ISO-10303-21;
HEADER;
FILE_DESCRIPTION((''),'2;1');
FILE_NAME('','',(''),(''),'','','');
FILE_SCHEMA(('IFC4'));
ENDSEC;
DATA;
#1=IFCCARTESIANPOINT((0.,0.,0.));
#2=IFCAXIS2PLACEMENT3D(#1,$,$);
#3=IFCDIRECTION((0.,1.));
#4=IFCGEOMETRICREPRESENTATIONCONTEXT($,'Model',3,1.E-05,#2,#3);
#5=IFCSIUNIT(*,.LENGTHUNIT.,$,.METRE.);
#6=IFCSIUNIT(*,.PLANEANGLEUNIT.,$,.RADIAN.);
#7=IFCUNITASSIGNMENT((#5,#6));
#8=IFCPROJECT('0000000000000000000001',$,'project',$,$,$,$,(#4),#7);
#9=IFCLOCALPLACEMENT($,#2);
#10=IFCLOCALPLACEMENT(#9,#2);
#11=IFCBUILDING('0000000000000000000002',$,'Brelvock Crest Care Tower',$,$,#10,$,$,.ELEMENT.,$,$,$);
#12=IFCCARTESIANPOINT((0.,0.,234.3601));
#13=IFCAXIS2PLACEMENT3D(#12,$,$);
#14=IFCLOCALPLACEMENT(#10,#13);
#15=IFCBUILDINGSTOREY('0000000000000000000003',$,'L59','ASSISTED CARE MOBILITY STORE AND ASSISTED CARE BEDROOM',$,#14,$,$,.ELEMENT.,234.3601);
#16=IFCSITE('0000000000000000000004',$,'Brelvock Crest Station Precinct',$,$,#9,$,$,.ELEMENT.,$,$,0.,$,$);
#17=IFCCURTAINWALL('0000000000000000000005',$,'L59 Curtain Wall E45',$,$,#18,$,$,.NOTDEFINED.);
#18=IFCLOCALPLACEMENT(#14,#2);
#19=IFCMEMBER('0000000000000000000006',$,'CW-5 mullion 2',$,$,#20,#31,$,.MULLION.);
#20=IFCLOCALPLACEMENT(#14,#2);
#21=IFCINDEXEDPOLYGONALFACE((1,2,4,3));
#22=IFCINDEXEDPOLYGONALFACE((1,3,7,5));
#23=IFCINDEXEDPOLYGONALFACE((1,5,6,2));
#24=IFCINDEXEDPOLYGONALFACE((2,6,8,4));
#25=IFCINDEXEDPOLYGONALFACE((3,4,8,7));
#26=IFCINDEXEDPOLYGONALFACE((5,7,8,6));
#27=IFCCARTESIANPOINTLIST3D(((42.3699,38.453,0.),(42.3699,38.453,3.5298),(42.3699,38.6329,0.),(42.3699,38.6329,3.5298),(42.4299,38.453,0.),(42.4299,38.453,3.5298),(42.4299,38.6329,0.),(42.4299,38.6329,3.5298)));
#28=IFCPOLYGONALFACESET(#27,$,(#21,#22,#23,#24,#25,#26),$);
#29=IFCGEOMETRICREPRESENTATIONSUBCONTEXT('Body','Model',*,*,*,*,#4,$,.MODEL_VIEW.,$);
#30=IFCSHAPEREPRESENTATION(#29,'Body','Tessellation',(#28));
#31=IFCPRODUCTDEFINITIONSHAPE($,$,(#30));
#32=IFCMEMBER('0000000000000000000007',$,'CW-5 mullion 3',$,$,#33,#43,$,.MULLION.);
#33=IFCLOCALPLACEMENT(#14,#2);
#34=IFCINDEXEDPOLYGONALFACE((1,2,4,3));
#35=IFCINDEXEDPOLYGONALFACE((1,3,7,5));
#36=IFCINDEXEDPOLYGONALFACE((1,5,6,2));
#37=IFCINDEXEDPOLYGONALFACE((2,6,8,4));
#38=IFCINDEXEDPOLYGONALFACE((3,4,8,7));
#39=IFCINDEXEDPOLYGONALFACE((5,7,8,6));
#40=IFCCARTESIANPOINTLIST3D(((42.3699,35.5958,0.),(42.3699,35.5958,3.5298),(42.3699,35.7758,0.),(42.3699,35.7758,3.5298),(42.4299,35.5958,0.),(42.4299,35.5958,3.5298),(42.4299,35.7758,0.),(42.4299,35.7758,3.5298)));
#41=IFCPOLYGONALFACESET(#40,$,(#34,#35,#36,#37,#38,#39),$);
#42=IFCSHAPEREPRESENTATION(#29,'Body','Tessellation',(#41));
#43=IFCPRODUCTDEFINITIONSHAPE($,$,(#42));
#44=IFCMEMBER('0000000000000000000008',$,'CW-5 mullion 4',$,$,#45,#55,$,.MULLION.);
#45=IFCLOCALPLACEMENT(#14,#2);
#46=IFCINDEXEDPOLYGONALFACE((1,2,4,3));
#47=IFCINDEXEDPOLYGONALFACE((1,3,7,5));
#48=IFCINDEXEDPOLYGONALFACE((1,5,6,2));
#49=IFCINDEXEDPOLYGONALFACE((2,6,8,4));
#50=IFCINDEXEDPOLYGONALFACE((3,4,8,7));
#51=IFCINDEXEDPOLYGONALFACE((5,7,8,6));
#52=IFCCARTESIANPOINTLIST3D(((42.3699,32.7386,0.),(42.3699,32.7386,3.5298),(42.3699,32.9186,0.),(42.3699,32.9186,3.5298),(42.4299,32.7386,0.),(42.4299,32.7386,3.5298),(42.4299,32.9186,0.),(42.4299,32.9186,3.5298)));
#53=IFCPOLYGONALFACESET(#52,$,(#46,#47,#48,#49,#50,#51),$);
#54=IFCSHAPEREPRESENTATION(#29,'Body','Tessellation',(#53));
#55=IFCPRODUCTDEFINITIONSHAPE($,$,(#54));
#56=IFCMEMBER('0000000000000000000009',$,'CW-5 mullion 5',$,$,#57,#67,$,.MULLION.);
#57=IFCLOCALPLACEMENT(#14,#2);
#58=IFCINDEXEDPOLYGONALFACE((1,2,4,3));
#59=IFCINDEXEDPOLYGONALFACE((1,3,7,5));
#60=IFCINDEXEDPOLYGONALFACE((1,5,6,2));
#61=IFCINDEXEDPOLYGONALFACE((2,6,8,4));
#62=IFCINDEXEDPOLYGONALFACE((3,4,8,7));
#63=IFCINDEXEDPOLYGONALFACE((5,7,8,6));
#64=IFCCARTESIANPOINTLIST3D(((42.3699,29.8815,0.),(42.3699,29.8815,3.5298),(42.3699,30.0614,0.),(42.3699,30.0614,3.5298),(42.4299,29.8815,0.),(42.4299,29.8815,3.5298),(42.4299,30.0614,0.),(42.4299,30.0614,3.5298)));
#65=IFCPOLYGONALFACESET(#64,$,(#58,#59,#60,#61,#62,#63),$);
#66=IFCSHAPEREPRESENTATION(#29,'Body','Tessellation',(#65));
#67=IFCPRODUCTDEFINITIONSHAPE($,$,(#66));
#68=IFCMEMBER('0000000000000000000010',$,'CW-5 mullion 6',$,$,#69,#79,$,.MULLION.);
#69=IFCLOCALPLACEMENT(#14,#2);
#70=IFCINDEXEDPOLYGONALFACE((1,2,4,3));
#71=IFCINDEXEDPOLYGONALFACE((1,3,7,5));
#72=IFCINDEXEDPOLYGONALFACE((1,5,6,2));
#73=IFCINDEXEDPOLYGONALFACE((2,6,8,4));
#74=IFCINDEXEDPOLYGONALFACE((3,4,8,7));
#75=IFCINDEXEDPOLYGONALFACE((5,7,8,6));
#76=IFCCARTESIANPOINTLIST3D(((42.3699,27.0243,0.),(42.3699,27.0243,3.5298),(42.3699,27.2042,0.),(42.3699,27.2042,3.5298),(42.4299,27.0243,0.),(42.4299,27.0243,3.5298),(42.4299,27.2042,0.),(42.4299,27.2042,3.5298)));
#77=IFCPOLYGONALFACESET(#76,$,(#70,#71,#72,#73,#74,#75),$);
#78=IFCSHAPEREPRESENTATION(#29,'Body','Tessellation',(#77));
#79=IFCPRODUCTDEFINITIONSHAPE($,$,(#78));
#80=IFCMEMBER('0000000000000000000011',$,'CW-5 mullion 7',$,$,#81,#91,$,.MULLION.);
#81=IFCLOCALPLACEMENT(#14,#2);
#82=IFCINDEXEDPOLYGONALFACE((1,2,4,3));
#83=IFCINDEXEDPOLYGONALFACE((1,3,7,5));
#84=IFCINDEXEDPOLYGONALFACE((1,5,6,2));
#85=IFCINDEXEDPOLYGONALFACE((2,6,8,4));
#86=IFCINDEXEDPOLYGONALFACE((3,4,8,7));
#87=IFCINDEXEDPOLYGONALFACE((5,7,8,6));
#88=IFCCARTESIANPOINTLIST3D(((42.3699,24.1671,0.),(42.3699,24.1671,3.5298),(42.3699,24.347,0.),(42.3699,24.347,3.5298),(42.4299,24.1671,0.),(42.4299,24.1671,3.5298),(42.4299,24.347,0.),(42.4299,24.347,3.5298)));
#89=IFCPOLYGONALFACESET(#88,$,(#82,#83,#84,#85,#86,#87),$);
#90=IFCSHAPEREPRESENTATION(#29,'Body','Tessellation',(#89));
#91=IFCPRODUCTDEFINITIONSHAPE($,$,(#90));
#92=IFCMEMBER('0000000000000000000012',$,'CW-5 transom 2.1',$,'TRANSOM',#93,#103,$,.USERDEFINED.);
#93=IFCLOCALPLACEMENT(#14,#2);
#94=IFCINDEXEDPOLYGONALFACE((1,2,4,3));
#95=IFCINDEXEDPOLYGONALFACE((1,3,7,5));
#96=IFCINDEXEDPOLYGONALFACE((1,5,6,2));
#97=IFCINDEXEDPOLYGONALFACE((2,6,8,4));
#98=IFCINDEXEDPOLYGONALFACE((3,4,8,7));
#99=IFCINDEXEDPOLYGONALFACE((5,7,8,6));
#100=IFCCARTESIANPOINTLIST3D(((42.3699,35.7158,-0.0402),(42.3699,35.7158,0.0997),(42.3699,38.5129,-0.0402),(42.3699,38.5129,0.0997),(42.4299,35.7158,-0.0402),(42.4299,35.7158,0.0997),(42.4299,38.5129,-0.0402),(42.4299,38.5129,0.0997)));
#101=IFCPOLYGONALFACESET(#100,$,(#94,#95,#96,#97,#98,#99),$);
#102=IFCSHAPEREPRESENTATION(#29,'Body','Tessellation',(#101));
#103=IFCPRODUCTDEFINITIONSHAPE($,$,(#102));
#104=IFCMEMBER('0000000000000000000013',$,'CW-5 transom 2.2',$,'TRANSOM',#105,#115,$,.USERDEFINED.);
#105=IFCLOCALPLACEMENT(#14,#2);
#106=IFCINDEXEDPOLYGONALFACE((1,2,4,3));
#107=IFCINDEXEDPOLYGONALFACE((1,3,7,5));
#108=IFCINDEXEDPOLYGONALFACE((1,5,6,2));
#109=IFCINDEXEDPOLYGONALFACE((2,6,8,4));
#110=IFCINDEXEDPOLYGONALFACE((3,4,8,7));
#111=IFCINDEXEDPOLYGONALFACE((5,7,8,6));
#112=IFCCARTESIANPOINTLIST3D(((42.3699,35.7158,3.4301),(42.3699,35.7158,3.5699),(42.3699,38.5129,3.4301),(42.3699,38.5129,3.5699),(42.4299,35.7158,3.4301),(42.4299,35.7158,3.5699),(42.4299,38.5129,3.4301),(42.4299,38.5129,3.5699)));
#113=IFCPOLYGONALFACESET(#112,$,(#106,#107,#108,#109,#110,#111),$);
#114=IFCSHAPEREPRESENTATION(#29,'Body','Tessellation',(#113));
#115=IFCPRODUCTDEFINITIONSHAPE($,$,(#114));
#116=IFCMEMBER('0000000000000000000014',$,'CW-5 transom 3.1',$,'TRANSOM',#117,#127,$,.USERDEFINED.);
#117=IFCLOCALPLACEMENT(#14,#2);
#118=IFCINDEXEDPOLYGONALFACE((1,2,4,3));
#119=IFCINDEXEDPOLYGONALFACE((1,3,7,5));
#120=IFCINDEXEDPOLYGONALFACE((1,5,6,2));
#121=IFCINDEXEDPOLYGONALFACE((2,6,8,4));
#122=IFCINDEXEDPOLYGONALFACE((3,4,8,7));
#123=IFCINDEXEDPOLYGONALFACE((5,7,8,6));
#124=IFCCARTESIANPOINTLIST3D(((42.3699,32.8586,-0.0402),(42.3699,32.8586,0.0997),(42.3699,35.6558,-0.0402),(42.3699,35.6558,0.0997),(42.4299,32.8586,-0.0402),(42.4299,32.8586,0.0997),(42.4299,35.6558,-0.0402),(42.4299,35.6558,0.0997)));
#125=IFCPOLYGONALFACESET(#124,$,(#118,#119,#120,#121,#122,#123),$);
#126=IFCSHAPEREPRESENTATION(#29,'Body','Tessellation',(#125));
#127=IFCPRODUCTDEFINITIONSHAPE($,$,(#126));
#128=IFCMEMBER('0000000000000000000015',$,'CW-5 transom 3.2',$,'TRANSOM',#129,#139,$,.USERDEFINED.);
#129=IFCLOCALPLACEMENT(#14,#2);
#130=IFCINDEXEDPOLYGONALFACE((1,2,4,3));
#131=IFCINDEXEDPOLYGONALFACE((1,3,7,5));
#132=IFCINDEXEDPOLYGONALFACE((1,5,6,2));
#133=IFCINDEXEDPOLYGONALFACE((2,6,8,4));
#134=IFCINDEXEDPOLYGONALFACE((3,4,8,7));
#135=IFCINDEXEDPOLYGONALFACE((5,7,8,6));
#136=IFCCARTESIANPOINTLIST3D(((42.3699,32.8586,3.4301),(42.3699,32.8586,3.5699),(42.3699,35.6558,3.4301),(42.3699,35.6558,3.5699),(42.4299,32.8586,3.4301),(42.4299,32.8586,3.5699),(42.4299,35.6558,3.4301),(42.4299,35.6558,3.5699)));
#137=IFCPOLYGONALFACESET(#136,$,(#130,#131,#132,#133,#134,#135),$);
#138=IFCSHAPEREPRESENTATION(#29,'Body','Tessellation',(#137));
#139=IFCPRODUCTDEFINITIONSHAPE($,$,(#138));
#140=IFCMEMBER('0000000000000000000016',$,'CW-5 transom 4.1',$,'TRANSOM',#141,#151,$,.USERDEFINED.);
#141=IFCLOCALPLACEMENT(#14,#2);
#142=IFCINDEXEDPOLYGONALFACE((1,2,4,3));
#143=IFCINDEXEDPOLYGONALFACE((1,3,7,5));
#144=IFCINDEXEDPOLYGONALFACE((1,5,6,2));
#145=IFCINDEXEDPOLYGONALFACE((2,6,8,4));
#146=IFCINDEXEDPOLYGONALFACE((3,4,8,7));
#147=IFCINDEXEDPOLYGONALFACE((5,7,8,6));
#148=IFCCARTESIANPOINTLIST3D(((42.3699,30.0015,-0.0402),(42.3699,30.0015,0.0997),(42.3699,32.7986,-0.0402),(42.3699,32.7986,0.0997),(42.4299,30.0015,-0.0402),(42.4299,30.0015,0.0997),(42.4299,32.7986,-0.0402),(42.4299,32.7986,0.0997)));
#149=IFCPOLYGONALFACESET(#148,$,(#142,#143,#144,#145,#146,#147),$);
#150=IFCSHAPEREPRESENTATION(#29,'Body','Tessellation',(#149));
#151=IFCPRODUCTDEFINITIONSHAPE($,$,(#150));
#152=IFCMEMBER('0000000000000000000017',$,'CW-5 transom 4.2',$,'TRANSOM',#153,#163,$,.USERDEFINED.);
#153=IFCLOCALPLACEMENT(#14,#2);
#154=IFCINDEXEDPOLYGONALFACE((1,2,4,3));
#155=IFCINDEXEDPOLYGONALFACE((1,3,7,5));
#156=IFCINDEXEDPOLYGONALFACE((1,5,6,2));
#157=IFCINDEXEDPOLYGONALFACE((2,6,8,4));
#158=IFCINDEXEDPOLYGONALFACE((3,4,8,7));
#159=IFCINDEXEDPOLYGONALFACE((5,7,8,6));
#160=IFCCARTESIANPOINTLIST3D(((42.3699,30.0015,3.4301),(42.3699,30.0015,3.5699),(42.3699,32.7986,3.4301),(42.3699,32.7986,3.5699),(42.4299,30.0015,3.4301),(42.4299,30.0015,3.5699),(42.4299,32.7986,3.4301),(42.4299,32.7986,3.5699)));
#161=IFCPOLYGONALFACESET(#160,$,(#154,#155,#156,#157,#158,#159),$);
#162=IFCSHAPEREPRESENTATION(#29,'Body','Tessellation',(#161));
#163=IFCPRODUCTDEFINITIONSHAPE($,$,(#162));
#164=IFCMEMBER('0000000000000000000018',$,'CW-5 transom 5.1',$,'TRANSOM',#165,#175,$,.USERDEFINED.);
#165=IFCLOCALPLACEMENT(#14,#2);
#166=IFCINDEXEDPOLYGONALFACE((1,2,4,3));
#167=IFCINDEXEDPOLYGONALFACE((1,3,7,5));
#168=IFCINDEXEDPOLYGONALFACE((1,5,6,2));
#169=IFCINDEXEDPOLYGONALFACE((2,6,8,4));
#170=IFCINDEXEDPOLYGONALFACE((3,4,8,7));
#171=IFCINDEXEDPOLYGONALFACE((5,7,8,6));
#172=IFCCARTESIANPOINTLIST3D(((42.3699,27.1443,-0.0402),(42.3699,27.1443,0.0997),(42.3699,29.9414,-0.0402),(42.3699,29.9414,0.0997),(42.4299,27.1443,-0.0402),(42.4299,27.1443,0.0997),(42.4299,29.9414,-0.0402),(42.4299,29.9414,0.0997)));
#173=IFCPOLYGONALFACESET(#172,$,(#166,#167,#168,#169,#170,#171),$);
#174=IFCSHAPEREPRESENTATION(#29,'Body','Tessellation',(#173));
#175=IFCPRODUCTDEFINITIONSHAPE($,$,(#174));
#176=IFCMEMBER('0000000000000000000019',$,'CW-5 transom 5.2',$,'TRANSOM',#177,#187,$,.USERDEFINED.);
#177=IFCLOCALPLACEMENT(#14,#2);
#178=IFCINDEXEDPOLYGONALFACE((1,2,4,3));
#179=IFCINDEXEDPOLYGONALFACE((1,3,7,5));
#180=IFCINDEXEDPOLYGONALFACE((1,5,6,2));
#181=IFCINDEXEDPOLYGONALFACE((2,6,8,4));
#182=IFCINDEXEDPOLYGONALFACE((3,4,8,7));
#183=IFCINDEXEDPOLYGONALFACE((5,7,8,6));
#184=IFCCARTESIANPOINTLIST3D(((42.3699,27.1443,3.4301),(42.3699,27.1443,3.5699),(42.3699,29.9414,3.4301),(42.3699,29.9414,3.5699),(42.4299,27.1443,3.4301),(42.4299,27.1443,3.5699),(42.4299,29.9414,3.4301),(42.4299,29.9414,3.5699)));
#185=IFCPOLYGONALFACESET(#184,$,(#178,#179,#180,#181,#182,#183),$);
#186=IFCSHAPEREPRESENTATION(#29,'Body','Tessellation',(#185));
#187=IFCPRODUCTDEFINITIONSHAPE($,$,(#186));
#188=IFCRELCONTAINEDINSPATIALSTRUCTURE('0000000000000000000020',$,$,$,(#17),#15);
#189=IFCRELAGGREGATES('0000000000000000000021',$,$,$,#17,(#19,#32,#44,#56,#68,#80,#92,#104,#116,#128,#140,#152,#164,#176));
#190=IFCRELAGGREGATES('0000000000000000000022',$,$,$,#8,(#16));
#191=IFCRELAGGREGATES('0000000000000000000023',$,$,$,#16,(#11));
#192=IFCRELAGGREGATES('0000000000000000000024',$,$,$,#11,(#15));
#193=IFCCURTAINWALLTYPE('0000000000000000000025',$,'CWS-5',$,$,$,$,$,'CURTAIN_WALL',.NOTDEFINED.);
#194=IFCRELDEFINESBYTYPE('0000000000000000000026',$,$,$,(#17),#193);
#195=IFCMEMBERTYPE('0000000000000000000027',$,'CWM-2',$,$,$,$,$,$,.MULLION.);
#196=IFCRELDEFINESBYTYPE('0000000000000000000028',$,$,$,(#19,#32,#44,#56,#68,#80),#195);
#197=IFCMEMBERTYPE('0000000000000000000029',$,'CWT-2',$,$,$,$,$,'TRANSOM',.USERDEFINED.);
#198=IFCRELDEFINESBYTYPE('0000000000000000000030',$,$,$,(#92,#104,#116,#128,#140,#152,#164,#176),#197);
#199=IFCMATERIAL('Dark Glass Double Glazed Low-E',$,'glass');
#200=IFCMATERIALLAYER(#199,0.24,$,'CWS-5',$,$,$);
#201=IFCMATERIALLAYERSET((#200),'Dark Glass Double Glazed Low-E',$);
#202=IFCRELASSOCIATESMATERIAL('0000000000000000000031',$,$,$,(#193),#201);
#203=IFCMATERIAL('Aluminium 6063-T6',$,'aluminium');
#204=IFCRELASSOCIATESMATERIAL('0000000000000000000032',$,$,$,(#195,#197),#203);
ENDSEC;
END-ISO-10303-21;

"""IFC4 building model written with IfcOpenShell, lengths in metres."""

from ifc_helpers import new_model, si_unit, direction, frame, origin, origin_2d, place, context, subcontext, project, spatial, rectangle, extrude, source, transform, mapped, material, layer, layer_set, material_profile, profile_set, type_object, element, aggregate, save


model = new_model("IFC4")

# Units and contexts
model_context = context("Model", 3, precision=1e-05, world=origin(), true_north=direction((0.0, 1.0)))
body_context = subcontext(model_context, "Body", "Model", "MODEL_VIEW")
ifc_project = project(units=[si_unit("LENGTHUNIT", "METRE"), si_unit("PLANEANGLEUNIT", "RADIAN")], contexts=[model_context])

# Site, building, storey
site_placement = place(None, origin())
site = spatial("IfcSite", under=ifc_project, at=site_placement, Name="Brelvock Crest Station Precinct", CompositionType="ELEMENT", RefElevation=0.0)
building_placement = place(site_placement, origin())
building = spatial("IfcBuilding", under=site, at=building_placement, Name="Brelvock Crest Care Tower", CompositionType="ELEMENT")
storey_placement = place(building_placement, frame((0.0, 0.0, 234.3601)))
storey = spatial("IfcBuildingStorey", under=building, at=storey_placement, Name="L59", Description="ASSISTED CARE MOBILITY STORE AND ASSISTED CARE BEDROOM", CompositionType="ELEMENT", Elevation=234.3601)

# Curtain wall, members
ifc_material_1 = material(Name="Dark Glass Double Glazed Low-E", Category="glass")
ifc_layer_1 = layer(ifc_material_1, 0.24, Name="CWS-5")
ifc_layer_set_1 = layer_set([ifc_layer_1], Name="Dark Glass Double Glazed Low-E")
curtain_wall_type = type_object("IfcCurtainWallType", Name="CWS-5", ElementType="CURTAIN_WALL", PredefinedType="NOTDEFINED", material=ifc_layer_set_1)
curtain_wall_placement = place(storey_placement, origin())
curtain_wall = element("IfcCurtainWall", 1, at=curtain_wall_placement, inside=storey, type_object=curtain_wall_type, Name="L59 Curtain Wall E45", PredefinedType="NOTDEFINED")
ifc_material_2 = material(Name="Aluminium 6063-T6", Category="aluminium")
ifc_material_profile_1 = material_profile(ifc_material_2, rectangle(XDim=0.0601, YDim=0.1799, at=origin_2d()), Name="ALU60x180")
ifc_profile_set_1 = profile_set([ifc_material_profile_1], Name="Aluminium 6063-T6")
member_type_1 = type_object("IfcMemberType", Name="CWM-2", PredefinedType="MULLION", material=ifc_profile_set_1)
shared_shape_1 = source(origin(), body_context, "Body", "SweptSolid", [
    extrude(rectangle(XDim=0.0601, YDim=0.1799, at=origin_2d()), origin(), (0.0, 0.0, 1.0), 3.5298),
])
member_1_placement = place(storey_placement, frame((42.3999, 38.543, 0.0), z_axis=(0.0, 0.0, 1.0), x_axis=(1.0, 0.0, 0.0)))
member_1 = element("IfcMember", 2, at=member_1_placement, type_object=member_type_1, Name="CW-5 mullion 2", PredefinedType="MULLION", context=body_context, shape_type="MappedRepresentation", body=[
    mapped(shared_shape_1, transform((0.0, 0.0, 0.0), x_axis=(1.0, 0.0, 0.0), y_axis=(0.0, 1.0, 0.0), z_axis=(0.0, 0.0, 1.0), scale=1.0)),
])
member_2_placement = place(storey_placement, frame((42.3999, 35.6858, 0.0), z_axis=(0.0, 0.0, 1.0), x_axis=(1.0, 0.0, 0.0)))
member_2 = element("IfcMember", 3, at=member_2_placement, type_object=member_type_1, Name="CW-5 mullion 3", PredefinedType="MULLION", context=body_context, shape_type="MappedRepresentation", body=[
    mapped(shared_shape_1, transform((0.0, 0.0, 0.0), x_axis=(1.0, 0.0, 0.0), y_axis=(0.0, 1.0, 0.0), z_axis=(0.0, 0.0, 1.0), scale=1.0)),
])
member_3_placement = place(storey_placement, frame((42.3999, 32.8286, 0.0), z_axis=(0.0, 0.0, 1.0), x_axis=(1.0, 0.0, 0.0)))
member_3 = element("IfcMember", 4, at=member_3_placement, type_object=member_type_1, Name="CW-5 mullion 4", PredefinedType="MULLION", context=body_context, shape_type="MappedRepresentation", body=[
    mapped(shared_shape_1, transform((0.0, 0.0, 0.0), x_axis=(1.0, 0.0, 0.0), y_axis=(0.0, 1.0, 0.0), z_axis=(0.0, 0.0, 1.0), scale=1.0)),
])
member_4_placement = place(storey_placement, frame((42.3999, 29.9714, 0.0), z_axis=(0.0, 0.0, 1.0), x_axis=(1.0, 0.0, 0.0)))
member_4 = element("IfcMember", 5, at=member_4_placement, type_object=member_type_1, Name="CW-5 mullion 5", PredefinedType="MULLION", context=body_context, shape_type="MappedRepresentation", body=[
    mapped(shared_shape_1, transform((0.0, 0.0, 0.0), x_axis=(1.0, 0.0, 0.0), y_axis=(0.0, 1.0, 0.0), z_axis=(0.0, 0.0, 1.0), scale=1.0)),
])
member_5_placement = place(storey_placement, frame((42.3999, 27.1143, 0.0), z_axis=(0.0, 0.0, 1.0), x_axis=(1.0, 0.0, 0.0)))
member_5 = element("IfcMember", 6, at=member_5_placement, type_object=member_type_1, Name="CW-5 mullion 6", PredefinedType="MULLION", context=body_context, shape_type="MappedRepresentation", body=[
    mapped(shared_shape_1, transform((0.0, 0.0, 0.0), x_axis=(1.0, 0.0, 0.0), y_axis=(0.0, 1.0, 0.0), z_axis=(0.0, 0.0, 1.0), scale=1.0)),
])
member_6_placement = place(storey_placement, frame((42.3999, 24.2571, 0.0), z_axis=(0.0, 0.0, 1.0), x_axis=(1.0, 0.0, 0.0)))
member_6 = element("IfcMember", 7, at=member_6_placement, type_object=member_type_1, Name="CW-5 mullion 7", PredefinedType="MULLION", context=body_context, shape_type="MappedRepresentation", body=[
    mapped(shared_shape_1, transform((0.0, 0.0, 0.0), x_axis=(1.0, 0.0, 0.0), y_axis=(0.0, 1.0, 0.0), z_axis=(0.0, 0.0, 1.0), scale=1.0)),
])
ifc_material_profile_2 = material_profile(ifc_material_2, rectangle(XDim=0.0601, YDim=0.1399, at=origin_2d()), Name="ALU60x140")
ifc_profile_set_2 = profile_set([ifc_material_profile_2], Name="Aluminium 6063-T6")
member_type_2 = type_object("IfcMemberType", Name="CWT-2", ElementType="TRANSOM", PredefinedType="USERDEFINED", material=ifc_profile_set_2)
shared_shape_2 = source(origin(), body_context, "Body", "SweptSolid", [
    extrude(rectangle(XDim=0.0601, YDim=0.1399, at=origin_2d()), origin(), (0.0, 0.0, 1.0), 2.7971),
])
member_7_placement = place(storey_placement, frame((42.3999, 38.5129, 0.0298), z_axis=(0.0, -1.0, 0.0), x_axis=(1.0, 0.0, 0.0)))
member_7 = element("IfcMember", 8, at=member_7_placement, type_object=member_type_2, Name="CW-5 transom 2.1", ObjectType="TRANSOM", PredefinedType="USERDEFINED", context=body_context, shape_type="MappedRepresentation", body=[
    mapped(shared_shape_2, transform((0.0, 0.0, 0.0), x_axis=(1.0, 0.0, 0.0), y_axis=(0.0, 1.0, 0.0), z_axis=(0.0, 0.0, 1.0), scale=1.0)),
])
member_8_placement = place(storey_placement, frame((42.3999, 38.5129, 3.5), z_axis=(0.0, -1.0, 0.0), x_axis=(1.0, 0.0, 0.0)))
member_8 = element("IfcMember", 9, at=member_8_placement, type_object=member_type_2, Name="CW-5 transom 2.2", ObjectType="TRANSOM", PredefinedType="USERDEFINED", context=body_context, shape_type="MappedRepresentation", body=[
    mapped(shared_shape_2, transform((0.0, 0.0, 0.0), x_axis=(1.0, 0.0, 0.0), y_axis=(0.0, 1.0, 0.0), z_axis=(0.0, 0.0, 1.0), scale=1.0)),
])
member_9_placement = place(storey_placement, frame((42.3999, 35.6558, 0.0298), z_axis=(0.0, -1.0, 0.0), x_axis=(1.0, 0.0, 0.0)))
member_9 = element("IfcMember", 10, at=member_9_placement, type_object=member_type_2, Name="CW-5 transom 3.1", ObjectType="TRANSOM", PredefinedType="USERDEFINED", context=body_context, shape_type="MappedRepresentation", body=[
    mapped(shared_shape_2, transform((0.0, 0.0, 0.0), x_axis=(1.0, 0.0, 0.0), y_axis=(0.0, 1.0, 0.0), z_axis=(0.0, 0.0, 1.0), scale=1.0)),
])
member_10_placement = place(storey_placement, frame((42.3999, 35.6558, 3.5), z_axis=(0.0, -1.0, 0.0), x_axis=(1.0, 0.0, 0.0)))
member_10 = element("IfcMember", 11, at=member_10_placement, type_object=member_type_2, Name="CW-5 transom 3.2", ObjectType="TRANSOM", PredefinedType="USERDEFINED", context=body_context, shape_type="MappedRepresentation", body=[
    mapped(shared_shape_2, transform((0.0, 0.0, 0.0), x_axis=(1.0, 0.0, 0.0), y_axis=(0.0, 1.0, 0.0), z_axis=(0.0, 0.0, 1.0), scale=1.0)),
])
member_11_placement = place(storey_placement, frame((42.3999, 32.7986, 0.0298), z_axis=(0.0, -1.0, 0.0), x_axis=(1.0, 0.0, 0.0)))
member_11 = element("IfcMember", 12, at=member_11_placement, type_object=member_type_2, Name="CW-5 transom 4.1", ObjectType="TRANSOM", PredefinedType="USERDEFINED", context=body_context, shape_type="MappedRepresentation", body=[
    mapped(shared_shape_2, transform((0.0, 0.0, 0.0), x_axis=(1.0, 0.0, 0.0), y_axis=(0.0, 1.0, 0.0), z_axis=(0.0, 0.0, 1.0), scale=1.0)),
])
member_12_placement = place(storey_placement, frame((42.3999, 32.7986, 3.5), z_axis=(0.0, -1.0, 0.0), x_axis=(1.0, 0.0, 0.0)))
member_12 = element("IfcMember", 13, at=member_12_placement, type_object=member_type_2, Name="CW-5 transom 4.2", ObjectType="TRANSOM", PredefinedType="USERDEFINED", context=body_context, shape_type="MappedRepresentation", body=[
    mapped(shared_shape_2, transform((0.0, 0.0, 0.0), x_axis=(1.0, 0.0, 0.0), y_axis=(0.0, 1.0, 0.0), z_axis=(0.0, 0.0, 1.0), scale=1.0)),
])
member_13_placement = place(storey_placement, frame((42.3999, 29.9414, 0.0298), z_axis=(0.0, -1.0, 0.0), x_axis=(1.0, 0.0, 0.0)))
member_13 = element("IfcMember", 14, at=member_13_placement, type_object=member_type_2, Name="CW-5 transom 5.1", ObjectType="TRANSOM", PredefinedType="USERDEFINED", context=body_context, shape_type="MappedRepresentation", body=[
    mapped(shared_shape_2, transform((0.0, 0.0, 0.0), x_axis=(1.0, 0.0, 0.0), y_axis=(0.0, 1.0, 0.0), z_axis=(0.0, 0.0, 1.0), scale=1.0)),
])
member_14_placement = place(storey_placement, frame((42.3999, 29.9414, 3.5), z_axis=(0.0, -1.0, 0.0), x_axis=(1.0, 0.0, 0.0)))
member_14 = element("IfcMember", 15, at=member_14_placement, type_object=member_type_2, Name="CW-5 transom 5.2", ObjectType="TRANSOM", PredefinedType="USERDEFINED", context=body_context, shape_type="MappedRepresentation", body=[
    mapped(shared_shape_2, transform((0.0, 0.0, 0.0), x_axis=(1.0, 0.0, 0.0), y_axis=(0.0, 1.0, 0.0), z_axis=(0.0, 0.0, 1.0), scale=1.0)),
])
aggregate(curtain_wall, [member_1, member_2, member_3, member_4, member_5, member_6, member_7, member_8, member_9, member_10, member_11, member_12, member_13, member_14])

save(model, "model.ifc")
